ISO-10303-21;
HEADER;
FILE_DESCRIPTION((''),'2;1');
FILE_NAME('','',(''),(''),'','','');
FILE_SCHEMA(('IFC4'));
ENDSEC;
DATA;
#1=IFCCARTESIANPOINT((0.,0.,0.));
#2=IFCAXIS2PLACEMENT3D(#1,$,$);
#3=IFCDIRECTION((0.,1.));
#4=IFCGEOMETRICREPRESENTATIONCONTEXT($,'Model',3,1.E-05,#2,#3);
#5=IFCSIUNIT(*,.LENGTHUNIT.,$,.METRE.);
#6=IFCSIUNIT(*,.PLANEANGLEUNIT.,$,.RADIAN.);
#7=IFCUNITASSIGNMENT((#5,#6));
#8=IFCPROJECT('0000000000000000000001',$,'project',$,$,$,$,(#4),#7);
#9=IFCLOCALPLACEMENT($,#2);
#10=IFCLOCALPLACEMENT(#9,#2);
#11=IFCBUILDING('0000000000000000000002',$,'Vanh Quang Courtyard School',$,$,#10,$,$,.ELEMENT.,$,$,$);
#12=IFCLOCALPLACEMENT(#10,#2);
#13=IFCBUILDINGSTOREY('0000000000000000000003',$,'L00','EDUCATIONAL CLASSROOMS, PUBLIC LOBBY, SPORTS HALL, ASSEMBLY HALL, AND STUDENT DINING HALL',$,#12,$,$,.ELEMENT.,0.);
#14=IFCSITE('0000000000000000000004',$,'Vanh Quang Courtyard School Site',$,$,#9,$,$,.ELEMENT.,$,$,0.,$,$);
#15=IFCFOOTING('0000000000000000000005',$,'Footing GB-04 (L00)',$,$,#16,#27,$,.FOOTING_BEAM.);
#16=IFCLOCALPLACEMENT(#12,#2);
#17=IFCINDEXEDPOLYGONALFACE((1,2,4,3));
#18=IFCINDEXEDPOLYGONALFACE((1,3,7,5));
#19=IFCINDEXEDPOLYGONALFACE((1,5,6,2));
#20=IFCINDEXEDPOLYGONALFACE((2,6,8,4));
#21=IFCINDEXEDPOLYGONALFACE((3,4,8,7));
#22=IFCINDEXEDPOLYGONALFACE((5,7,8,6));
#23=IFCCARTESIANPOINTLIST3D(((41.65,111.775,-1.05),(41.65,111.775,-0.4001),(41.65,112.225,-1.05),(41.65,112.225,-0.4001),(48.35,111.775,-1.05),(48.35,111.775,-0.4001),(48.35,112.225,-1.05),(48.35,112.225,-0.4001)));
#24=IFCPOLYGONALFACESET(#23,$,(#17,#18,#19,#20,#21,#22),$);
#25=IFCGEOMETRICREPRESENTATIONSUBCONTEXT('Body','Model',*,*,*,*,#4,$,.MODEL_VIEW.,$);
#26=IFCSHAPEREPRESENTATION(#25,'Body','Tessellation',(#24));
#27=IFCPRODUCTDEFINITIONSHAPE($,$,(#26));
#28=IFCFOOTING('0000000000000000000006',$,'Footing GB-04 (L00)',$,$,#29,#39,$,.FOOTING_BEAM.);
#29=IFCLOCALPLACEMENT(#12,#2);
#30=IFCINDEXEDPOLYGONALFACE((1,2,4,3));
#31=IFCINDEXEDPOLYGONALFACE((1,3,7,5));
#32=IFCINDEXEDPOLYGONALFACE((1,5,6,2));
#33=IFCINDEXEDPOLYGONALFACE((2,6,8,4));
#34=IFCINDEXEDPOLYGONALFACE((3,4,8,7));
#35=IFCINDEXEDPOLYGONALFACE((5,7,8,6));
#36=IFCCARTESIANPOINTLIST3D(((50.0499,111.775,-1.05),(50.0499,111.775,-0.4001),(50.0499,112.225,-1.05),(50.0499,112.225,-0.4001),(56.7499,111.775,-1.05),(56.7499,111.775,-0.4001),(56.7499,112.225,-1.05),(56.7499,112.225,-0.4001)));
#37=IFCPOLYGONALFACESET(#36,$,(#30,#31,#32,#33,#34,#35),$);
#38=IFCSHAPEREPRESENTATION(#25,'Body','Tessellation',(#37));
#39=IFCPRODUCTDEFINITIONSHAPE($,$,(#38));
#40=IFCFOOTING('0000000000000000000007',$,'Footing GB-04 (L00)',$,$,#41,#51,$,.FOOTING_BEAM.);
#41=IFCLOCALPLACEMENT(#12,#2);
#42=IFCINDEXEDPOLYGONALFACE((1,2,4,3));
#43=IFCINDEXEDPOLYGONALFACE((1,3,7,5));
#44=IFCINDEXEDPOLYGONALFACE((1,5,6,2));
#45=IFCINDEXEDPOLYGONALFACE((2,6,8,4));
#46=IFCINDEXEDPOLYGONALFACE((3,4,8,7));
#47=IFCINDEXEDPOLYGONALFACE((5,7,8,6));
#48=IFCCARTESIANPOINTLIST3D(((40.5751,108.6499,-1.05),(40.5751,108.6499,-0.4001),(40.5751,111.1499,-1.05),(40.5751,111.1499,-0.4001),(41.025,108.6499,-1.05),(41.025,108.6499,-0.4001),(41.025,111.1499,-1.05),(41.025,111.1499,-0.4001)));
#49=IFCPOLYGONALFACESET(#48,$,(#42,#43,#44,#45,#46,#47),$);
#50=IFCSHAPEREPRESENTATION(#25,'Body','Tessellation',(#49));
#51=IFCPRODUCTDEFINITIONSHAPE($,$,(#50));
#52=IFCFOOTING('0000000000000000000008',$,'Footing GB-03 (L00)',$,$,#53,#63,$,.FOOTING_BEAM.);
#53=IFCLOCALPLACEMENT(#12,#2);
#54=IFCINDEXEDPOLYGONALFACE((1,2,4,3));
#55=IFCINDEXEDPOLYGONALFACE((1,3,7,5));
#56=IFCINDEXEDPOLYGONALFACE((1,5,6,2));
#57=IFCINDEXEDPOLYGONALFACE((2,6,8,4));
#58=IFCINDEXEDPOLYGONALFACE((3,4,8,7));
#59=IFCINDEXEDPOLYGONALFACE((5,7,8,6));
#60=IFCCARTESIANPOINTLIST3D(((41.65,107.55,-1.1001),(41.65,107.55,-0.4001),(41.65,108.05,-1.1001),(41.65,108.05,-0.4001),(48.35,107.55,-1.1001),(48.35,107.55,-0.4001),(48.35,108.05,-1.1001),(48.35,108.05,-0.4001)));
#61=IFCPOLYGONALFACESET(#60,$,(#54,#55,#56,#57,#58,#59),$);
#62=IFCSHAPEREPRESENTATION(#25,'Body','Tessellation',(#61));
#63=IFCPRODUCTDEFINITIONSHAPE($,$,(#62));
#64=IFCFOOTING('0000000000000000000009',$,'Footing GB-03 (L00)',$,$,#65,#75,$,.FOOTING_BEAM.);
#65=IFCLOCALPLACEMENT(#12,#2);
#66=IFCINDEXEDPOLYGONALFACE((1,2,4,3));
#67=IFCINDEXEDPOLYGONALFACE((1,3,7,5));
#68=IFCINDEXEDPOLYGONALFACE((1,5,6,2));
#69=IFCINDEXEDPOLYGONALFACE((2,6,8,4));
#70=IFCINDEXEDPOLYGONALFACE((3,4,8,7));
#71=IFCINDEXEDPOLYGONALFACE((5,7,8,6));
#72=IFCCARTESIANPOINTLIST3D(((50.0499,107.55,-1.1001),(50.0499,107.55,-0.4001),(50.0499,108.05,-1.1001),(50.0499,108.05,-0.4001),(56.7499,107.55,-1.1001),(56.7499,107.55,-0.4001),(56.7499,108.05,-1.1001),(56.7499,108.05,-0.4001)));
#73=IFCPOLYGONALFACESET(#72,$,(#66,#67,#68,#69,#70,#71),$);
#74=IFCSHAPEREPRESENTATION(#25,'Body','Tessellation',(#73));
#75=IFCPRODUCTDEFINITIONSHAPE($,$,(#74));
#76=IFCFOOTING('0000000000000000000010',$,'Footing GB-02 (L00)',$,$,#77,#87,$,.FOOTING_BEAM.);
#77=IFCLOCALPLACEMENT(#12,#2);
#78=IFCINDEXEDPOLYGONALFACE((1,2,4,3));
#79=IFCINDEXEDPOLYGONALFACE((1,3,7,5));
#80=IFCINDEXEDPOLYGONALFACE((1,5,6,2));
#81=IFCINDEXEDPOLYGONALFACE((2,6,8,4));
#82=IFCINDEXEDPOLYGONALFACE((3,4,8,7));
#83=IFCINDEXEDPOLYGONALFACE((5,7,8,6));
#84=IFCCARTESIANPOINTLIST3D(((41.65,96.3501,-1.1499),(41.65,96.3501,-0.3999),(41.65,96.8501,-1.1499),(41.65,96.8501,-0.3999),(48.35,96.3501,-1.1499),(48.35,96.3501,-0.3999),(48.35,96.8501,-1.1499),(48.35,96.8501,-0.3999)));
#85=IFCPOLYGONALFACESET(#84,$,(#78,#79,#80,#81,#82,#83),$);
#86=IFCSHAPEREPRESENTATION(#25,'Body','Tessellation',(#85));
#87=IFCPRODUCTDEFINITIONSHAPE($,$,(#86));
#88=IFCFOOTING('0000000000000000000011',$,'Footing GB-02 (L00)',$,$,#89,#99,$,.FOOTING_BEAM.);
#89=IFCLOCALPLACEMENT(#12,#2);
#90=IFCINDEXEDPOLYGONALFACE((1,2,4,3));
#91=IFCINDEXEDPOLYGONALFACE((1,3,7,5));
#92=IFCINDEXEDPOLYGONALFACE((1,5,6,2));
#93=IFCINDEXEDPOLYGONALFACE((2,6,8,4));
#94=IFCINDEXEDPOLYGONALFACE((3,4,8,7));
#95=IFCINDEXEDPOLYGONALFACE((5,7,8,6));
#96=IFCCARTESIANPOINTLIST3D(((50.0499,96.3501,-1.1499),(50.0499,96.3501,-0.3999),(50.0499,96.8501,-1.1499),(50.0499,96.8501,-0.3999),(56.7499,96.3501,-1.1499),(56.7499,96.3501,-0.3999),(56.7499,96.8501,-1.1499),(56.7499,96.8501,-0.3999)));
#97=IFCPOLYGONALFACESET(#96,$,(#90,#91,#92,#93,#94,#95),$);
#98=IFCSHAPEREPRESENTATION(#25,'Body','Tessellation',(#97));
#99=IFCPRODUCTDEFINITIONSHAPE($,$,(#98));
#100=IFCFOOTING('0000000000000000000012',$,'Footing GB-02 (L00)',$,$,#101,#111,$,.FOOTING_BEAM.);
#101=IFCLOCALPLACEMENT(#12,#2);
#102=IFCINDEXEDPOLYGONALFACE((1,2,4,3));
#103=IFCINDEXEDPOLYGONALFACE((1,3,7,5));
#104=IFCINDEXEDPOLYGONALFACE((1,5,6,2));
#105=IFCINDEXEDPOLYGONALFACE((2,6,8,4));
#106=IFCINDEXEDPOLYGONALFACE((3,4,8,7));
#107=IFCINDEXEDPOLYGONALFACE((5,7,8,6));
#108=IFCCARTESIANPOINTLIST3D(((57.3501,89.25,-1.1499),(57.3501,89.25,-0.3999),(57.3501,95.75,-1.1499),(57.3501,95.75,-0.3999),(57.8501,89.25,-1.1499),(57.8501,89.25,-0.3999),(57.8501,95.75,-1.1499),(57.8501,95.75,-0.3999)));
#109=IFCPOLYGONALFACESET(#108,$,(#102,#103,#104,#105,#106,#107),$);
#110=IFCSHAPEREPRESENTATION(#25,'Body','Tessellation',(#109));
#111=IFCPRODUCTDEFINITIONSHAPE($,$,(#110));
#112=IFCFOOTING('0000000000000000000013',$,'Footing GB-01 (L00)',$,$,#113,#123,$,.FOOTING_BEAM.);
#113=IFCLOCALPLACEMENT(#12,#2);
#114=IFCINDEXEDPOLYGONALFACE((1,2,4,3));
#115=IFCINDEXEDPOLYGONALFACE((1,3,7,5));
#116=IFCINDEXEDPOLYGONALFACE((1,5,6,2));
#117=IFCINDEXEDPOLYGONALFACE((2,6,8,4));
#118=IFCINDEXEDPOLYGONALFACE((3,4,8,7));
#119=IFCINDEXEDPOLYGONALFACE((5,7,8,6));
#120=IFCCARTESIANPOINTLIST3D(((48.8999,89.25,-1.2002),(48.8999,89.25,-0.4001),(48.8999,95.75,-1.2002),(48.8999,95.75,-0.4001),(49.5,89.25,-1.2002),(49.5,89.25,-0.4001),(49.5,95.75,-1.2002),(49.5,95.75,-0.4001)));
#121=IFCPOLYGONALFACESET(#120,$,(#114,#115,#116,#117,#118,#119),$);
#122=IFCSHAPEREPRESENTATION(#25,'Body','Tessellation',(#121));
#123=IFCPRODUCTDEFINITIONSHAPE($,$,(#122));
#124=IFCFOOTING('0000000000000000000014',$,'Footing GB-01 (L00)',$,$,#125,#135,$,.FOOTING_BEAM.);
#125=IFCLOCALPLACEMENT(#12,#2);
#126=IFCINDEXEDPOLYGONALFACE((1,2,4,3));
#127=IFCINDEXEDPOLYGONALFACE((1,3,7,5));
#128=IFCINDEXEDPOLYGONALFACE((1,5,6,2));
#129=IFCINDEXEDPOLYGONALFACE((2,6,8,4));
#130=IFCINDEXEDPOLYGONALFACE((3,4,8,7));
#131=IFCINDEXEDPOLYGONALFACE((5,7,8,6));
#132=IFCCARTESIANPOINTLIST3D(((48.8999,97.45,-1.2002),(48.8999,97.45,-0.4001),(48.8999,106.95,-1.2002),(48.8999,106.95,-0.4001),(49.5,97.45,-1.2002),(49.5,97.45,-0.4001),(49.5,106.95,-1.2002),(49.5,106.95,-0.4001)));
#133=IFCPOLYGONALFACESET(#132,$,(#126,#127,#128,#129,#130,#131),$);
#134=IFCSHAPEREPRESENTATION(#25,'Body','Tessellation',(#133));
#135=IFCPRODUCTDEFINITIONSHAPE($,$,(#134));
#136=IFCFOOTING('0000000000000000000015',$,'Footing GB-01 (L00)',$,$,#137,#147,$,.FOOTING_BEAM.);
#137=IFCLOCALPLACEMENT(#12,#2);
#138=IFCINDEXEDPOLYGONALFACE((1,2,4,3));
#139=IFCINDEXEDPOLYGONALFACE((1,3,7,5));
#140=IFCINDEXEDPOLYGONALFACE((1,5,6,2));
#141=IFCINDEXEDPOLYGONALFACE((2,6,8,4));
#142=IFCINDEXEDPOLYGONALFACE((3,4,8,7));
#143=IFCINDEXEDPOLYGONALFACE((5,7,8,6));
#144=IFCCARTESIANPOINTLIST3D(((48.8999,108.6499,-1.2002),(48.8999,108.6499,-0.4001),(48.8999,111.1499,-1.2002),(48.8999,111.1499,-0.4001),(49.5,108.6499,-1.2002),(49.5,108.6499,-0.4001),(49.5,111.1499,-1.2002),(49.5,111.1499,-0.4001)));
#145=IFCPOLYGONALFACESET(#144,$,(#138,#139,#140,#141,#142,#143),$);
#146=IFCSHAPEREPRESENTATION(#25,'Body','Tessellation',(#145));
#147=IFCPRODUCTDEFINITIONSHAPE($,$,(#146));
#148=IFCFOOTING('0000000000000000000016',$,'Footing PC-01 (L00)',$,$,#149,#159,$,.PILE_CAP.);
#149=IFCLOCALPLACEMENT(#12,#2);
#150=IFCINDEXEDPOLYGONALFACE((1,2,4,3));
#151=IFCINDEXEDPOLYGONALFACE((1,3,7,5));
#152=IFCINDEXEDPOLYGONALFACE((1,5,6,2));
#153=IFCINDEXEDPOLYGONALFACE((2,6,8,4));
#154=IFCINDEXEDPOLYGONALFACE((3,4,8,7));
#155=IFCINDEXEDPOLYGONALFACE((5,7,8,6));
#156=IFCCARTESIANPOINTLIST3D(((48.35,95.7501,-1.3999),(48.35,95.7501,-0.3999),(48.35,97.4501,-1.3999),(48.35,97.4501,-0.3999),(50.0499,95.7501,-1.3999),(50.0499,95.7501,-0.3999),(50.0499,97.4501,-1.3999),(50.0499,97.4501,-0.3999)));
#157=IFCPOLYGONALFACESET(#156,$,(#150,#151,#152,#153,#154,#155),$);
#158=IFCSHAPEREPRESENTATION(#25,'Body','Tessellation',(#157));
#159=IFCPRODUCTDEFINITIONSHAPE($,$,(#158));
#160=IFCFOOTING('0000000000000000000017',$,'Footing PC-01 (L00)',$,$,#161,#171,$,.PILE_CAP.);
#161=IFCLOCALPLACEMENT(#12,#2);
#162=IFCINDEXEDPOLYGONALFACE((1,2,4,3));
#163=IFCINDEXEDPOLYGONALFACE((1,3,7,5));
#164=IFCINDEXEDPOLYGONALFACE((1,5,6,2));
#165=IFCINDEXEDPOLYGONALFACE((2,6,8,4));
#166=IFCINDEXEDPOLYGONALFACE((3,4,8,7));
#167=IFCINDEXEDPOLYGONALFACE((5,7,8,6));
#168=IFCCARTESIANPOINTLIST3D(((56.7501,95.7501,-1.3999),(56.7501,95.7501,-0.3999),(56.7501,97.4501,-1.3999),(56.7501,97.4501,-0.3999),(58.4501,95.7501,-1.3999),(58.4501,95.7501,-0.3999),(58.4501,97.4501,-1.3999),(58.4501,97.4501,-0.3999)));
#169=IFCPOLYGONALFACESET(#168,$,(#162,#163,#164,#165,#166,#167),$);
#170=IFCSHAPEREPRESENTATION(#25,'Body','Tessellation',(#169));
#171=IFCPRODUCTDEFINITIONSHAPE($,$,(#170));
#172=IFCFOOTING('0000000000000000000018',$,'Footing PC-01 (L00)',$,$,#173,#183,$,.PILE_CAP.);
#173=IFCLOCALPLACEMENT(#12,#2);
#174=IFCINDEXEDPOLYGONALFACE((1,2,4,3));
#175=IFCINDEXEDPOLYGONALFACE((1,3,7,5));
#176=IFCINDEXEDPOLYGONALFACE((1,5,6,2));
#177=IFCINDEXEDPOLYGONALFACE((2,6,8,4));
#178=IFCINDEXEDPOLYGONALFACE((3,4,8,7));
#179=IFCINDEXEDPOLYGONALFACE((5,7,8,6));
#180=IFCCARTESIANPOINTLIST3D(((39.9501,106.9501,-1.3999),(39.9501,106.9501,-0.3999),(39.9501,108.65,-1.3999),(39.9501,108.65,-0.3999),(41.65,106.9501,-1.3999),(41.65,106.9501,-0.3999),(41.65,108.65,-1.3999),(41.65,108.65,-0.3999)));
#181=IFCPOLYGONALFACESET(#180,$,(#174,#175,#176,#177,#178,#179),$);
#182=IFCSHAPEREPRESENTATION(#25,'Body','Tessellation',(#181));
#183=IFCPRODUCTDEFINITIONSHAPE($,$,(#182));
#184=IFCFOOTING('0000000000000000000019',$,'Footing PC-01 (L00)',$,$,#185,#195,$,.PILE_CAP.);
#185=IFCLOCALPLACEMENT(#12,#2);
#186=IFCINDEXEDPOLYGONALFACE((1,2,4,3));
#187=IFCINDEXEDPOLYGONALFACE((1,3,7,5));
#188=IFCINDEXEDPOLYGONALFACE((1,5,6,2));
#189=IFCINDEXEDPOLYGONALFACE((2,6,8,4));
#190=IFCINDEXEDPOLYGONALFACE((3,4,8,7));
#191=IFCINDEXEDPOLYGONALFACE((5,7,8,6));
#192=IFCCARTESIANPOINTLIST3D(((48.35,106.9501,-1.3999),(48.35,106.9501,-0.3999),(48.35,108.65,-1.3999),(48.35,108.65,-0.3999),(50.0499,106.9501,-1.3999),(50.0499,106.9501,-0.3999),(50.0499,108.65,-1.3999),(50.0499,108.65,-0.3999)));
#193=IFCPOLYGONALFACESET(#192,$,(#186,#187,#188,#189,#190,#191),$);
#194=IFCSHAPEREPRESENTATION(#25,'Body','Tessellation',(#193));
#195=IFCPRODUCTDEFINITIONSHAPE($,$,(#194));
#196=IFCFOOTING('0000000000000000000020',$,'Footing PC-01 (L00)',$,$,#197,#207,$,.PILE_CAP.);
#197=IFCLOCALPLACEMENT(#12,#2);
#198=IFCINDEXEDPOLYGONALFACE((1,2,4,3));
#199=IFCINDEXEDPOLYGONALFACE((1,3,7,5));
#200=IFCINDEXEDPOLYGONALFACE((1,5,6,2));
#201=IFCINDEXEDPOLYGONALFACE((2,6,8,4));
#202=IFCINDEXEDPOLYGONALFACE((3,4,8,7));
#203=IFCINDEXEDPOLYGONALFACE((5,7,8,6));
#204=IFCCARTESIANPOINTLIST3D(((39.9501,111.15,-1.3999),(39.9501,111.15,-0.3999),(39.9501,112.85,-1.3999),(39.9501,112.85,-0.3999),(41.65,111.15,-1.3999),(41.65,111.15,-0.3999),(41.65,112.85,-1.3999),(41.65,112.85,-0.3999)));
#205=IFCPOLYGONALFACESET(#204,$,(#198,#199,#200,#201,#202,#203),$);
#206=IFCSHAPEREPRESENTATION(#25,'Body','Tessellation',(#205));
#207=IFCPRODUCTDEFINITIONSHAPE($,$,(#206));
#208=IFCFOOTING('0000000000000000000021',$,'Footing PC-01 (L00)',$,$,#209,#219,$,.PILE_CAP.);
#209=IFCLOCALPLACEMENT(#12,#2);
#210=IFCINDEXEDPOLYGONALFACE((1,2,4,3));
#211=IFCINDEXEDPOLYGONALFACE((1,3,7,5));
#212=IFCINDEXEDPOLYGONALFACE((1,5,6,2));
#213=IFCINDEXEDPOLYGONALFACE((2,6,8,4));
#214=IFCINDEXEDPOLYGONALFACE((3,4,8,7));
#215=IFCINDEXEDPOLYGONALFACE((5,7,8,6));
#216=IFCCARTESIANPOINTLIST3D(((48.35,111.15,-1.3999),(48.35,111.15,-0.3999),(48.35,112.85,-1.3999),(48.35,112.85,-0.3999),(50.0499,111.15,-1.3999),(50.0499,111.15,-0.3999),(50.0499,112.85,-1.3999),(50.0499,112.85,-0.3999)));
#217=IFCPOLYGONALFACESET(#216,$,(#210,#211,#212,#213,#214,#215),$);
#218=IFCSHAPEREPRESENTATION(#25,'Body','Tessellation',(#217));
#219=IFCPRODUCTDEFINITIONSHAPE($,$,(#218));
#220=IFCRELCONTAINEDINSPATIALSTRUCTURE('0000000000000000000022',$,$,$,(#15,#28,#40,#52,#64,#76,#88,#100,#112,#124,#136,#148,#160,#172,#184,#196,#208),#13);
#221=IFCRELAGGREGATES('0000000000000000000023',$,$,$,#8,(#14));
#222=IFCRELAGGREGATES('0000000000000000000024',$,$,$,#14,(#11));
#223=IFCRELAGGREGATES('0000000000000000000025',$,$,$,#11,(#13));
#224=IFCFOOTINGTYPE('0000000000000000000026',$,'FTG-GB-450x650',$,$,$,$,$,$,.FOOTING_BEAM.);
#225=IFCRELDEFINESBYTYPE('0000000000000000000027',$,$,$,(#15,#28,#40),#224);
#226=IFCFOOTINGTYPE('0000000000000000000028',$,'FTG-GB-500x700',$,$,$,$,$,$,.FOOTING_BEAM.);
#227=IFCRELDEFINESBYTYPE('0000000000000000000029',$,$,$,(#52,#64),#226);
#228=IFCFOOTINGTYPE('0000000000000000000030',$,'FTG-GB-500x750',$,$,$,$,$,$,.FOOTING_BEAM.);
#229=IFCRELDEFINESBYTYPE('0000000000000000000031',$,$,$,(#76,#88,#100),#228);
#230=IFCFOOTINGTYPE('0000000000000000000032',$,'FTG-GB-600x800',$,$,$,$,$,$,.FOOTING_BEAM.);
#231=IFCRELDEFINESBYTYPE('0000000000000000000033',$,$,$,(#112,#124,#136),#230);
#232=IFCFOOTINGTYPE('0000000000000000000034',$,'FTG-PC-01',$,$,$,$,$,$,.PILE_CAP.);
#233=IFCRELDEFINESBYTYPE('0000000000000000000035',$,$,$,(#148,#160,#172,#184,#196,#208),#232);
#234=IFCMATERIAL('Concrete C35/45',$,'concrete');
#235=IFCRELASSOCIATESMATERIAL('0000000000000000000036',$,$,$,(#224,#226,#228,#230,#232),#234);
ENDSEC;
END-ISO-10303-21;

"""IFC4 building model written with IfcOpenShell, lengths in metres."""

from ifc_helpers import new_model, si_unit, direction, frame, origin, origin_2d, place, context, subcontext, project, spatial, rectangle, extrude, material, type_object, element, save


model = new_model("IFC4")

# Units and contexts
model_context = context("Model", 3, precision=1e-05, world=origin(), true_north=direction((0.0, 1.0)))
body_context = subcontext(model_context, "Body", "Model", "MODEL_VIEW")
ifc_project = project(units=[si_unit("LENGTHUNIT", "METRE"), si_unit("PLANEANGLEUNIT", "RADIAN")], contexts=[model_context])

# Site, building, storey
site_placement = place(None, origin())
site = spatial("IfcSite", under=ifc_project, at=site_placement, Name="Vanh Quang Courtyard School Site", CompositionType="ELEMENT", RefElevation=0.0)
building_placement = place(site_placement, origin())
building = spatial("IfcBuilding", under=site, at=building_placement, Name="Vanh Quang Courtyard School", CompositionType="ELEMENT")
storey_placement = place(building_placement, origin())
storey = spatial("IfcBuildingStorey", under=building, at=storey_placement, Name="L00", Description="EDUCATIONAL CLASSROOMS, PUBLIC LOBBY, SPORTS HALL, ASSEMBLY HALL, AND STUDENT DINING HALL", CompositionType="ELEMENT", Elevation=0.0)

# Footings
ifc_material_1 = material(Name="Concrete C35/45", Category="concrete")
footing_type_1 = type_object("IfcFootingType", Name="FTG-GB-450x650", PredefinedType="FOOTING_BEAM", material=ifc_material_1)
for number, where, z_axis, x_axis, name in (
    (1, (45.0, 112.0, -1.05), (0.0, 0.0, 1.0), (1.0, 0.0, 0.0), "Footing GB-04 (L00)"),
    (2, (53.3999, 112.0, -1.05), (0.0, 0.0, 1.0), (1.0, 0.0, 0.0), "Footing GB-04 (L00)"),
):
    element("IfcFooting", number, at=place(storey_placement, frame(where, z_axis=z_axis, x_axis=x_axis)), inside=storey, type_object=footing_type_1, Name=name, PredefinedType="FOOTING_BEAM", context=body_context, shape_type="SweptSolid", body=[
        extrude(rectangle(XDim=6.7, YDim=0.45, at=origin_2d()), origin(), (0.0, 0.0, 1.0), 0.6499),
    ])
footing_1_placement = place(storey_placement, frame((40.8, 109.8999, -1.05), z_axis=(0.0, 0.0, 1.0), x_axis=(0.0, 1.0, 0.0)))
element("IfcFooting", 3, at=footing_1_placement, inside=storey, type_object=footing_type_1, Name="Footing GB-04 (L00)", PredefinedType="FOOTING_BEAM", context=body_context, shape_type="SweptSolid", body=[
    extrude(rectangle(XDim=2.5, YDim=0.45, at=origin_2d()), origin(), (0.0, 0.0, 1.0), 0.6499),
])
footing_type_2 = type_object("IfcFootingType", Name="FTG-GB-500x700", PredefinedType="FOOTING_BEAM", material=ifc_material_1)
for number, where, z_axis, x_axis, name in (
    (4, (45.0, 107.8, -1.1001), (0.0, 0.0, 1.0), (1.0, 0.0, 0.0), "Footing GB-03 (L00)"),
    (5, (53.3999, 107.8, -1.1001), (0.0, 0.0, 1.0), (1.0, 0.0, 0.0), "Footing GB-03 (L00)"),
):
    element("IfcFooting", number, at=place(storey_placement, frame(where, z_axis=z_axis, x_axis=x_axis)), inside=storey, type_object=footing_type_2, Name=name, PredefinedType="FOOTING_BEAM", context=body_context, shape_type="SweptSolid", body=[
        extrude(rectangle(XDim=6.7, YDim=0.5, at=origin_2d()), origin(), (0.0, 0.0, 1.0), 0.7),
    ])
footing_type_3 = type_object("IfcFootingType", Name="FTG-GB-500x750", PredefinedType="FOOTING_BEAM", material=ifc_material_1)
for number, where, z_axis, x_axis, name in (
    (6, (45.0, 96.6001, -1.1499), (0.0, 0.0, 1.0), (1.0, 0.0, 0.0), "Footing GB-02 (L00)"),
    (7, (53.3999, 96.6001, -1.1499), (0.0, 0.0, 1.0), (1.0, 0.0, 0.0), "Footing GB-02 (L00)"),
):
    element("IfcFooting", number, at=place(storey_placement, frame(where, z_axis=z_axis, x_axis=x_axis)), inside=storey, type_object=footing_type_3, Name=name, PredefinedType="FOOTING_BEAM", context=body_context, shape_type="SweptSolid", body=[
        extrude(rectangle(XDim=6.7, YDim=0.5, at=origin_2d()), origin(), (0.0, 0.0, 1.0), 0.75),
    ])
footing_2_placement = place(storey_placement, frame((57.6001, 92.5, -1.1499), z_axis=(0.0, 0.0, 1.0), x_axis=(0.0, 1.0, 0.0)))
element("IfcFooting", 8, at=footing_2_placement, inside=storey, type_object=footing_type_3, Name="Footing GB-02 (L00)", PredefinedType="FOOTING_BEAM", context=body_context, shape_type="SweptSolid", body=[
    extrude(rectangle(XDim=6.5, YDim=0.5, at=origin_2d()), origin(), (0.0, 0.0, 1.0), 0.75),
])
footing_type_4 = type_object("IfcFootingType", Name="FTG-GB-600x800", PredefinedType="FOOTING_BEAM", material=ifc_material_1)
footing_3_placement = place(storey_placement, frame((49.2, 92.5, -1.2002), z_axis=(0.0, 0.0, 1.0), x_axis=(0.0, 1.0, 0.0)))
element("IfcFooting", 9, at=footing_3_placement, inside=storey, type_object=footing_type_4, Name="Footing GB-01 (L00)", PredefinedType="FOOTING_BEAM", context=body_context, shape_type="SweptSolid", body=[
    extrude(rectangle(XDim=6.5, YDim=0.6001, at=origin_2d()), origin(), (0.0, 0.0, 1.0), 0.8),
])
footing_4_placement = place(storey_placement, frame((49.2, 102.2, -1.2002), z_axis=(0.0, 0.0, 1.0), x_axis=(0.0, 1.0, 0.0)))
element("IfcFooting", 10, at=footing_4_placement, inside=storey, type_object=footing_type_4, Name="Footing GB-01 (L00)", PredefinedType="FOOTING_BEAM", context=body_context, shape_type="SweptSolid", body=[
    extrude(rectangle(XDim=9.5, YDim=0.6001, at=origin_2d()), origin(), (0.0, 0.0, 1.0), 0.8),
])
footing_5_placement = place(storey_placement, frame((49.2, 109.8999, -1.2002), z_axis=(0.0, 0.0, 1.0), x_axis=(0.0, 1.0, 0.0)))
element("IfcFooting", 11, at=footing_5_placement, inside=storey, type_object=footing_type_4, Name="Footing GB-01 (L00)", PredefinedType="FOOTING_BEAM", context=body_context, shape_type="SweptSolid", body=[
    extrude(rectangle(XDim=2.5, YDim=0.6001, at=origin_2d()), origin(), (0.0, 0.0, 1.0), 0.8),
])
footing_type_5 = type_object("IfcFootingType", Name="FTG-PC-01", PredefinedType="PILE_CAP", material=ifc_material_1)
for number, where, z_axis, x_axis, name in (
    (12, (49.2, 96.6001, -1.3999), (0.0, 0.0, 1.0), (1.0, 0.0, 0.0), "Footing PC-01 (L00)"),
    (13, (57.6001, 96.6001, -1.3999), (0.0, 0.0, 1.0), (1.0, 0.0, 0.0), "Footing PC-01 (L00)"),
    (14, (40.8, 107.8, -1.3999), (0.0, 0.0, 1.0), (1.0, 0.0, 0.0), "Footing PC-01 (L00)"),
    (15, (49.2, 107.8, -1.3999), (0.0, 0.0, 1.0), (1.0, 0.0, 0.0), "Footing PC-01 (L00)"),
    (16, (40.8, 112.0, -1.3999), (0.0, 0.0, 1.0), (1.0, 0.0, 0.0), "Footing PC-01 (L00)"),
    (17, (49.2, 112.0, -1.3999), (0.0, 0.0, 1.0), (1.0, 0.0, 0.0), "Footing PC-01 (L00)"),
):
    element("IfcFooting", number, at=place(storey_placement, frame(where, z_axis=z_axis, x_axis=x_axis)), inside=storey, type_object=footing_type_5, Name=name, PredefinedType="PILE_CAP", context=body_context, shape_type="SweptSolid", body=[
        extrude(rectangle(XDim=1.7, YDim=1.7, at=origin_2d()), origin(), (0.0, 0.0, 1.0), 1.0),
    ])

save(model, "model.ifc")
